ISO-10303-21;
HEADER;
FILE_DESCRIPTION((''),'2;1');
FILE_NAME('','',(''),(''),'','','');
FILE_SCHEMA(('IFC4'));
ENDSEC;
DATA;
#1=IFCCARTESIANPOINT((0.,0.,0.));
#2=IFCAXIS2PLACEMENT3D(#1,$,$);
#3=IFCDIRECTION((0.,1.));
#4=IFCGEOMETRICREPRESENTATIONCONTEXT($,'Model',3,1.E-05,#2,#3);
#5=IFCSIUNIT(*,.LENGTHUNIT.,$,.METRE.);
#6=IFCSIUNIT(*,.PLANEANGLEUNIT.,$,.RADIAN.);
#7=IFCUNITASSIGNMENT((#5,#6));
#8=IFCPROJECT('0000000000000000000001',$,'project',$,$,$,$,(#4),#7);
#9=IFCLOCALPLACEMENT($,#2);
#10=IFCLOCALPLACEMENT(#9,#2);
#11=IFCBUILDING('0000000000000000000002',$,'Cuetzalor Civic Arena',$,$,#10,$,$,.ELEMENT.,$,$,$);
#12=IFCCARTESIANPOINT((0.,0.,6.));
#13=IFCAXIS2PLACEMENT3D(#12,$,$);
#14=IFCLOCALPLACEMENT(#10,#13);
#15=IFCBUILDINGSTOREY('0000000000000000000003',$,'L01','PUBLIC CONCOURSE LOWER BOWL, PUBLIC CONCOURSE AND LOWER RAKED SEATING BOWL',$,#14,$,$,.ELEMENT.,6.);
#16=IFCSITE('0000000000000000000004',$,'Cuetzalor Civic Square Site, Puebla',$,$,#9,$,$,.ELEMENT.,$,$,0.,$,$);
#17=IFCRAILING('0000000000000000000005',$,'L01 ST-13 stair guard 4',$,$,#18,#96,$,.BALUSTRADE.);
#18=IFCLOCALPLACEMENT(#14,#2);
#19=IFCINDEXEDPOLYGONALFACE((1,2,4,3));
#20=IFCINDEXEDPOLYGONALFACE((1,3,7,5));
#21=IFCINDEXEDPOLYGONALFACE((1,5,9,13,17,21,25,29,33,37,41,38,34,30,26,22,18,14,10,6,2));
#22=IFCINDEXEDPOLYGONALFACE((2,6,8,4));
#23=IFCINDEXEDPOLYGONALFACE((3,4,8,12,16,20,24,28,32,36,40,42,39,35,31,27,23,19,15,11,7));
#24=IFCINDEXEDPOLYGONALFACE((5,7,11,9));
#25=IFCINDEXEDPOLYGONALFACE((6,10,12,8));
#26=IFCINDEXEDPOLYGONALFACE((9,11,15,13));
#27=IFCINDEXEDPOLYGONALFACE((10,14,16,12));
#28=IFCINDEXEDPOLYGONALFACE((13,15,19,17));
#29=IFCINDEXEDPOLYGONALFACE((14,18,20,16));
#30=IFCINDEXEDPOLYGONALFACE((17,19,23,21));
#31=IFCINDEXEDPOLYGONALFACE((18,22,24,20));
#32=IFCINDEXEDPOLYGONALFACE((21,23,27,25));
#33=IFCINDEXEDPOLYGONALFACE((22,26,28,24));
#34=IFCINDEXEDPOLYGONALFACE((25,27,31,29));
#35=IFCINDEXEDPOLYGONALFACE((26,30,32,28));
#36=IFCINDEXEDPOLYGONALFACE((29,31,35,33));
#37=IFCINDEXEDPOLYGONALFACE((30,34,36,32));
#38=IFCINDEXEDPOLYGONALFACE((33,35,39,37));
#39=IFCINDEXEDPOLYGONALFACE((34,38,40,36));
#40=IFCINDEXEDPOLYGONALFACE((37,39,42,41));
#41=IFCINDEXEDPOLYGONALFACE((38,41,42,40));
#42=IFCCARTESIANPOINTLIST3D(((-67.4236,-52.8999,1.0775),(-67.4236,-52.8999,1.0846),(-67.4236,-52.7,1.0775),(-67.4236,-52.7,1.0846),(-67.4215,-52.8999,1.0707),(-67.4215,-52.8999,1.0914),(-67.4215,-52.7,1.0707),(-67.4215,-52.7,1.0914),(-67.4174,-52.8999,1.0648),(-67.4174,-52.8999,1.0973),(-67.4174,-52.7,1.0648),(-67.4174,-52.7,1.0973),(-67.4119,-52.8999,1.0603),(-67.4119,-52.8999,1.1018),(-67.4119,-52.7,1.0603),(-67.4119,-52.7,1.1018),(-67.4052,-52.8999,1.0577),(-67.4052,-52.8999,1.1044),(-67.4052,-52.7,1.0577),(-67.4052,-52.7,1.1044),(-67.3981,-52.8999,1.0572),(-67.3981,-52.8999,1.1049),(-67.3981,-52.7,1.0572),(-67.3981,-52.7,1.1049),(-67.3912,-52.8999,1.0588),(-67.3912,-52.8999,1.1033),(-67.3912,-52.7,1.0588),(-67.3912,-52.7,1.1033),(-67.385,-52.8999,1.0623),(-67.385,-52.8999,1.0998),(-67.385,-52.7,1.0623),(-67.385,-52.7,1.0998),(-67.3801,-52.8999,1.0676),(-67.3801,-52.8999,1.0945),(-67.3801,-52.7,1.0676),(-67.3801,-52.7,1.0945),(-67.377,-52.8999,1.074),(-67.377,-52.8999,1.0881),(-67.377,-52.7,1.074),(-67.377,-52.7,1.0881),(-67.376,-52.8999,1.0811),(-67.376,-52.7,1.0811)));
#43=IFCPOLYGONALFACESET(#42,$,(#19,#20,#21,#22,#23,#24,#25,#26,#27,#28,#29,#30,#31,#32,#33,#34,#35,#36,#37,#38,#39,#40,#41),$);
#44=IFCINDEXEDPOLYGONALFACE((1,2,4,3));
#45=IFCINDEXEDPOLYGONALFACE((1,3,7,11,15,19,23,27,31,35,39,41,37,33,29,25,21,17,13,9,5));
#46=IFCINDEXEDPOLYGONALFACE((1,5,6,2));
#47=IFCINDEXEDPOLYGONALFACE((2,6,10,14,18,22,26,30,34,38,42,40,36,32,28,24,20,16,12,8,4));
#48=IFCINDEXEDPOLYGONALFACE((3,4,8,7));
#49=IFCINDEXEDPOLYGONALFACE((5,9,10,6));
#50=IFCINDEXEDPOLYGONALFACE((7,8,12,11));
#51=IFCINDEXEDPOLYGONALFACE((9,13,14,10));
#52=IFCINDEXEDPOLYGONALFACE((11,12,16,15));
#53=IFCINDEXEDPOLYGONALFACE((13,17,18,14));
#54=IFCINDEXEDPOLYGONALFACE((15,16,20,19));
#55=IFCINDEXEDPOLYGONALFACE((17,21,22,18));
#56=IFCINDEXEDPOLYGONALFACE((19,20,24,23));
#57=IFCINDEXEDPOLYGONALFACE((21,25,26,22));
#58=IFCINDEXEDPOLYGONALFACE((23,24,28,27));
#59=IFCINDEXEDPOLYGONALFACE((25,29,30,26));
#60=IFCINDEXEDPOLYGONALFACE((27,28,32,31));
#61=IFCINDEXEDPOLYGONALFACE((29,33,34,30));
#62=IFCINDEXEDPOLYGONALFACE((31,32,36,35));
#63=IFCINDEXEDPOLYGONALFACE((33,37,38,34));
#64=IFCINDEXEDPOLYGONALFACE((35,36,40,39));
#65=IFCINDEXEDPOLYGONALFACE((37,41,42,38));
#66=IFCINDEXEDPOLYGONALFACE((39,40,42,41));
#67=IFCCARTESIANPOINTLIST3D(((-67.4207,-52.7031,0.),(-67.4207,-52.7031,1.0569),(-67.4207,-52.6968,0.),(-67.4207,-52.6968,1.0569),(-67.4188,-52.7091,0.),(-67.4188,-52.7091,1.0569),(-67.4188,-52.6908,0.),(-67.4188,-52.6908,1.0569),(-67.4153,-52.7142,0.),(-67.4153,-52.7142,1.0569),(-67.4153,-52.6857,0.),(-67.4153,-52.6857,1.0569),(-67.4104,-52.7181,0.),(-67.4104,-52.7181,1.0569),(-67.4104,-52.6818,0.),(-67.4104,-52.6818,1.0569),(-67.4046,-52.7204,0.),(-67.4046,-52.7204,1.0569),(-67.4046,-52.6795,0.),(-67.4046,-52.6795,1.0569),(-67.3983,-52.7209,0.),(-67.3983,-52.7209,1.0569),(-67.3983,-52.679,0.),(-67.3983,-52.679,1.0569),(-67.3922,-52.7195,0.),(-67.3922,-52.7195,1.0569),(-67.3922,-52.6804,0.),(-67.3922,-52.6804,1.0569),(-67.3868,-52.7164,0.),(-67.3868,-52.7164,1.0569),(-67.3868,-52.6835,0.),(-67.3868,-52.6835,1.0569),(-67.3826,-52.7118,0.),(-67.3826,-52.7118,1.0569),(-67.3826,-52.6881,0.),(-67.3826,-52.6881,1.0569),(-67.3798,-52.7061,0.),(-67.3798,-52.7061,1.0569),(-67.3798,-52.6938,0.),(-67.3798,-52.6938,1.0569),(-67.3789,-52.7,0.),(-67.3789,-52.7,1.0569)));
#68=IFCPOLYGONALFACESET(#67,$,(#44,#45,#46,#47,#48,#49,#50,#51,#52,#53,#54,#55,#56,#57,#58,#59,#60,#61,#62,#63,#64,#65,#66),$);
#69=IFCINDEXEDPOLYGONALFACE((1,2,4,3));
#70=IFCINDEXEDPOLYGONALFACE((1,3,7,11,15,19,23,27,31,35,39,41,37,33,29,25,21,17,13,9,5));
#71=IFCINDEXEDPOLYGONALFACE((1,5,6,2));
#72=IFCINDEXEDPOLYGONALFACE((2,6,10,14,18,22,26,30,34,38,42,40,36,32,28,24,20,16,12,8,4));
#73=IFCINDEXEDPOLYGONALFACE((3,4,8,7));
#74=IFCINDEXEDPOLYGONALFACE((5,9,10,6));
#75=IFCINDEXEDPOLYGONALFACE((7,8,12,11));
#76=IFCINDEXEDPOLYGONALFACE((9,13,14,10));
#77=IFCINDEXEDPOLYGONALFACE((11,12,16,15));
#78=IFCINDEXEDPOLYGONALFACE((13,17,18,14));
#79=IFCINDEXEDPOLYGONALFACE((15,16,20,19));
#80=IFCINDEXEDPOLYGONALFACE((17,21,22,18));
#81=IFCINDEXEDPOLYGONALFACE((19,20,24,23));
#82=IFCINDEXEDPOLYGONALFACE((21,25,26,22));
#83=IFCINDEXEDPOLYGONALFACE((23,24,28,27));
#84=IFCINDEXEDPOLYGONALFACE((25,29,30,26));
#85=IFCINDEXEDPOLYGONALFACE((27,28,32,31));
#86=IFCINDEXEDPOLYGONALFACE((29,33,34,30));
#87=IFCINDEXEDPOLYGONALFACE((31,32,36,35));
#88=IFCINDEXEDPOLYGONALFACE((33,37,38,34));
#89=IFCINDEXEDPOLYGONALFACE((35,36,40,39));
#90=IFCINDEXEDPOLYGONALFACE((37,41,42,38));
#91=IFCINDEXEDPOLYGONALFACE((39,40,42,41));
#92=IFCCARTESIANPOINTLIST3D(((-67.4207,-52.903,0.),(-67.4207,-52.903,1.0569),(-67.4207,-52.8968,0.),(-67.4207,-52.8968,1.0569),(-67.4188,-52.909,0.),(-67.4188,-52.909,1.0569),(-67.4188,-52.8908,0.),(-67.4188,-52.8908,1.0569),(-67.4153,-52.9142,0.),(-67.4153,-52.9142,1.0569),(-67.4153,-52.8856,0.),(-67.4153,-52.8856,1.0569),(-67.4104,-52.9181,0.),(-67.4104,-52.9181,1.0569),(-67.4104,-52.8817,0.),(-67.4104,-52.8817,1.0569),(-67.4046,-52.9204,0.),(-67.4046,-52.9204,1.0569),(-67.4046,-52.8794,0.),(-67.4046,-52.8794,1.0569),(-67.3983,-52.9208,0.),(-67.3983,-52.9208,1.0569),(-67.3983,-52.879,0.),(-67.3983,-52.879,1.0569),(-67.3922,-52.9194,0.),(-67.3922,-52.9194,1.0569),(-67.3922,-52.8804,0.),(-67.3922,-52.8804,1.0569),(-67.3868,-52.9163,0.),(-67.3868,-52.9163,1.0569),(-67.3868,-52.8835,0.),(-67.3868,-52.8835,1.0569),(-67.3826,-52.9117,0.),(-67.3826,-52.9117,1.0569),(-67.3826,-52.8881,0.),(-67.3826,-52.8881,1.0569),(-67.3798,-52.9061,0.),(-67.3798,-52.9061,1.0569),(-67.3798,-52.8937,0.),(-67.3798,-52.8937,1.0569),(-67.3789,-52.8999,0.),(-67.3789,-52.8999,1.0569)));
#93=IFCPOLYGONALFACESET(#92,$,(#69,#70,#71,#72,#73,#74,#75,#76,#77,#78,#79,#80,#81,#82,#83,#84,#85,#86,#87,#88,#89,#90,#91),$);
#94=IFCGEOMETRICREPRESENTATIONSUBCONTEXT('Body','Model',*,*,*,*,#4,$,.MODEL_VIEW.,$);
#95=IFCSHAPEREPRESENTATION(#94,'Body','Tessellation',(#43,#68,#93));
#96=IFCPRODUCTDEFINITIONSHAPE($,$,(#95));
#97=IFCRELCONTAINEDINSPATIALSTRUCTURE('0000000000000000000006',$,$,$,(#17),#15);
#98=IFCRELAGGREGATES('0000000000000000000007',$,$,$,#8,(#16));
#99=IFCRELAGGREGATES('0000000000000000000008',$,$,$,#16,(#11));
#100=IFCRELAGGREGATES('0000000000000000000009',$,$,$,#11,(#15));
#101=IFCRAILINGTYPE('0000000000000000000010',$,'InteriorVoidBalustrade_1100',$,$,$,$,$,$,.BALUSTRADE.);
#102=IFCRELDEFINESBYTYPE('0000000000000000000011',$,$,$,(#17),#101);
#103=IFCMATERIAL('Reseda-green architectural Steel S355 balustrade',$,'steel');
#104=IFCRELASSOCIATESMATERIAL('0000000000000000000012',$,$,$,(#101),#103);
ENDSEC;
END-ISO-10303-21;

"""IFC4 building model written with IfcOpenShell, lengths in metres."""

from ifc_helpers import new_model, si_unit, direction, frame, origin, origin_2d, place, context, subcontext, project, spatial, circle, extrude, material, type_object, element, save


model = new_model("IFC4")

# Units and contexts
model_context = context("Model", 3, precision=1e-05, world=origin(), true_north=direction((0.0, 1.0)))
body_context = subcontext(model_context, "Body", "Model", "MODEL_VIEW")
ifc_project = project(units=[si_unit("LENGTHUNIT", "METRE"), si_unit("PLANEANGLEUNIT", "RADIAN")], contexts=[model_context])

# Site, building, storey
site_placement = place(None, origin())
site = spatial("IfcSite", under=ifc_project, at=site_placement, Name="Cuetzalor Civic Square Site, Puebla", CompositionType="ELEMENT", RefElevation=0.0)
building_placement = place(site_placement, origin())
building = spatial("IfcBuilding", under=site, at=building_placement, Name="Cuetzalor Civic Arena", CompositionType="ELEMENT")
storey_placement = place(building_placement, frame((0.0, 0.0, 6.0)))
storey = spatial("IfcBuildingStorey", under=building, at=storey_placement, Name="L01", Description="PUBLIC CONCOURSE LOWER BOWL, PUBLIC CONCOURSE AND LOWER RAKED SEATING BOWL", CompositionType="ELEMENT", Elevation=6.0)

# Railing
ifc_material_1 = material(Name="Reseda-green architectural Steel S355 balustrade", Category="steel")
railing_type_1 = type_object("IfcRailingType", Name="InteriorVoidBalustrade_1100", PredefinedType="BALUSTRADE", material=ifc_material_1)
railing_1_placement = place(storey_placement, frame((-67.3999, -52.7, 0.0)))
element("IfcRailing", 1, at=railing_1_placement, inside=storey, type_object=railing_type_1, Name="L01 ST-13 stair guard 4", PredefinedType="BALUSTRADE", context=body_context, shape_type="SweptSolid", body=[
    extrude(circle(Radius=0.0239, at=origin_2d()), frame((0.0, 0.0, 1.0811), z_axis=(0.0, -1.0, 0.0), x_axis=(1.0, 0.0, 0.0)), (0.0, 0.0, 1.0), 0.2),
    extrude(circle(Radius=0.021, at=origin_2d()), origin(), (0.0, 0.0, 1.0), 1.0569),
    extrude(circle(Radius=0.021, at=origin_2d()), frame((0.0, -0.2, 0.0)), (0.0, 0.0, 1.0), 1.0569),
])

save(model, "model.ifc")
